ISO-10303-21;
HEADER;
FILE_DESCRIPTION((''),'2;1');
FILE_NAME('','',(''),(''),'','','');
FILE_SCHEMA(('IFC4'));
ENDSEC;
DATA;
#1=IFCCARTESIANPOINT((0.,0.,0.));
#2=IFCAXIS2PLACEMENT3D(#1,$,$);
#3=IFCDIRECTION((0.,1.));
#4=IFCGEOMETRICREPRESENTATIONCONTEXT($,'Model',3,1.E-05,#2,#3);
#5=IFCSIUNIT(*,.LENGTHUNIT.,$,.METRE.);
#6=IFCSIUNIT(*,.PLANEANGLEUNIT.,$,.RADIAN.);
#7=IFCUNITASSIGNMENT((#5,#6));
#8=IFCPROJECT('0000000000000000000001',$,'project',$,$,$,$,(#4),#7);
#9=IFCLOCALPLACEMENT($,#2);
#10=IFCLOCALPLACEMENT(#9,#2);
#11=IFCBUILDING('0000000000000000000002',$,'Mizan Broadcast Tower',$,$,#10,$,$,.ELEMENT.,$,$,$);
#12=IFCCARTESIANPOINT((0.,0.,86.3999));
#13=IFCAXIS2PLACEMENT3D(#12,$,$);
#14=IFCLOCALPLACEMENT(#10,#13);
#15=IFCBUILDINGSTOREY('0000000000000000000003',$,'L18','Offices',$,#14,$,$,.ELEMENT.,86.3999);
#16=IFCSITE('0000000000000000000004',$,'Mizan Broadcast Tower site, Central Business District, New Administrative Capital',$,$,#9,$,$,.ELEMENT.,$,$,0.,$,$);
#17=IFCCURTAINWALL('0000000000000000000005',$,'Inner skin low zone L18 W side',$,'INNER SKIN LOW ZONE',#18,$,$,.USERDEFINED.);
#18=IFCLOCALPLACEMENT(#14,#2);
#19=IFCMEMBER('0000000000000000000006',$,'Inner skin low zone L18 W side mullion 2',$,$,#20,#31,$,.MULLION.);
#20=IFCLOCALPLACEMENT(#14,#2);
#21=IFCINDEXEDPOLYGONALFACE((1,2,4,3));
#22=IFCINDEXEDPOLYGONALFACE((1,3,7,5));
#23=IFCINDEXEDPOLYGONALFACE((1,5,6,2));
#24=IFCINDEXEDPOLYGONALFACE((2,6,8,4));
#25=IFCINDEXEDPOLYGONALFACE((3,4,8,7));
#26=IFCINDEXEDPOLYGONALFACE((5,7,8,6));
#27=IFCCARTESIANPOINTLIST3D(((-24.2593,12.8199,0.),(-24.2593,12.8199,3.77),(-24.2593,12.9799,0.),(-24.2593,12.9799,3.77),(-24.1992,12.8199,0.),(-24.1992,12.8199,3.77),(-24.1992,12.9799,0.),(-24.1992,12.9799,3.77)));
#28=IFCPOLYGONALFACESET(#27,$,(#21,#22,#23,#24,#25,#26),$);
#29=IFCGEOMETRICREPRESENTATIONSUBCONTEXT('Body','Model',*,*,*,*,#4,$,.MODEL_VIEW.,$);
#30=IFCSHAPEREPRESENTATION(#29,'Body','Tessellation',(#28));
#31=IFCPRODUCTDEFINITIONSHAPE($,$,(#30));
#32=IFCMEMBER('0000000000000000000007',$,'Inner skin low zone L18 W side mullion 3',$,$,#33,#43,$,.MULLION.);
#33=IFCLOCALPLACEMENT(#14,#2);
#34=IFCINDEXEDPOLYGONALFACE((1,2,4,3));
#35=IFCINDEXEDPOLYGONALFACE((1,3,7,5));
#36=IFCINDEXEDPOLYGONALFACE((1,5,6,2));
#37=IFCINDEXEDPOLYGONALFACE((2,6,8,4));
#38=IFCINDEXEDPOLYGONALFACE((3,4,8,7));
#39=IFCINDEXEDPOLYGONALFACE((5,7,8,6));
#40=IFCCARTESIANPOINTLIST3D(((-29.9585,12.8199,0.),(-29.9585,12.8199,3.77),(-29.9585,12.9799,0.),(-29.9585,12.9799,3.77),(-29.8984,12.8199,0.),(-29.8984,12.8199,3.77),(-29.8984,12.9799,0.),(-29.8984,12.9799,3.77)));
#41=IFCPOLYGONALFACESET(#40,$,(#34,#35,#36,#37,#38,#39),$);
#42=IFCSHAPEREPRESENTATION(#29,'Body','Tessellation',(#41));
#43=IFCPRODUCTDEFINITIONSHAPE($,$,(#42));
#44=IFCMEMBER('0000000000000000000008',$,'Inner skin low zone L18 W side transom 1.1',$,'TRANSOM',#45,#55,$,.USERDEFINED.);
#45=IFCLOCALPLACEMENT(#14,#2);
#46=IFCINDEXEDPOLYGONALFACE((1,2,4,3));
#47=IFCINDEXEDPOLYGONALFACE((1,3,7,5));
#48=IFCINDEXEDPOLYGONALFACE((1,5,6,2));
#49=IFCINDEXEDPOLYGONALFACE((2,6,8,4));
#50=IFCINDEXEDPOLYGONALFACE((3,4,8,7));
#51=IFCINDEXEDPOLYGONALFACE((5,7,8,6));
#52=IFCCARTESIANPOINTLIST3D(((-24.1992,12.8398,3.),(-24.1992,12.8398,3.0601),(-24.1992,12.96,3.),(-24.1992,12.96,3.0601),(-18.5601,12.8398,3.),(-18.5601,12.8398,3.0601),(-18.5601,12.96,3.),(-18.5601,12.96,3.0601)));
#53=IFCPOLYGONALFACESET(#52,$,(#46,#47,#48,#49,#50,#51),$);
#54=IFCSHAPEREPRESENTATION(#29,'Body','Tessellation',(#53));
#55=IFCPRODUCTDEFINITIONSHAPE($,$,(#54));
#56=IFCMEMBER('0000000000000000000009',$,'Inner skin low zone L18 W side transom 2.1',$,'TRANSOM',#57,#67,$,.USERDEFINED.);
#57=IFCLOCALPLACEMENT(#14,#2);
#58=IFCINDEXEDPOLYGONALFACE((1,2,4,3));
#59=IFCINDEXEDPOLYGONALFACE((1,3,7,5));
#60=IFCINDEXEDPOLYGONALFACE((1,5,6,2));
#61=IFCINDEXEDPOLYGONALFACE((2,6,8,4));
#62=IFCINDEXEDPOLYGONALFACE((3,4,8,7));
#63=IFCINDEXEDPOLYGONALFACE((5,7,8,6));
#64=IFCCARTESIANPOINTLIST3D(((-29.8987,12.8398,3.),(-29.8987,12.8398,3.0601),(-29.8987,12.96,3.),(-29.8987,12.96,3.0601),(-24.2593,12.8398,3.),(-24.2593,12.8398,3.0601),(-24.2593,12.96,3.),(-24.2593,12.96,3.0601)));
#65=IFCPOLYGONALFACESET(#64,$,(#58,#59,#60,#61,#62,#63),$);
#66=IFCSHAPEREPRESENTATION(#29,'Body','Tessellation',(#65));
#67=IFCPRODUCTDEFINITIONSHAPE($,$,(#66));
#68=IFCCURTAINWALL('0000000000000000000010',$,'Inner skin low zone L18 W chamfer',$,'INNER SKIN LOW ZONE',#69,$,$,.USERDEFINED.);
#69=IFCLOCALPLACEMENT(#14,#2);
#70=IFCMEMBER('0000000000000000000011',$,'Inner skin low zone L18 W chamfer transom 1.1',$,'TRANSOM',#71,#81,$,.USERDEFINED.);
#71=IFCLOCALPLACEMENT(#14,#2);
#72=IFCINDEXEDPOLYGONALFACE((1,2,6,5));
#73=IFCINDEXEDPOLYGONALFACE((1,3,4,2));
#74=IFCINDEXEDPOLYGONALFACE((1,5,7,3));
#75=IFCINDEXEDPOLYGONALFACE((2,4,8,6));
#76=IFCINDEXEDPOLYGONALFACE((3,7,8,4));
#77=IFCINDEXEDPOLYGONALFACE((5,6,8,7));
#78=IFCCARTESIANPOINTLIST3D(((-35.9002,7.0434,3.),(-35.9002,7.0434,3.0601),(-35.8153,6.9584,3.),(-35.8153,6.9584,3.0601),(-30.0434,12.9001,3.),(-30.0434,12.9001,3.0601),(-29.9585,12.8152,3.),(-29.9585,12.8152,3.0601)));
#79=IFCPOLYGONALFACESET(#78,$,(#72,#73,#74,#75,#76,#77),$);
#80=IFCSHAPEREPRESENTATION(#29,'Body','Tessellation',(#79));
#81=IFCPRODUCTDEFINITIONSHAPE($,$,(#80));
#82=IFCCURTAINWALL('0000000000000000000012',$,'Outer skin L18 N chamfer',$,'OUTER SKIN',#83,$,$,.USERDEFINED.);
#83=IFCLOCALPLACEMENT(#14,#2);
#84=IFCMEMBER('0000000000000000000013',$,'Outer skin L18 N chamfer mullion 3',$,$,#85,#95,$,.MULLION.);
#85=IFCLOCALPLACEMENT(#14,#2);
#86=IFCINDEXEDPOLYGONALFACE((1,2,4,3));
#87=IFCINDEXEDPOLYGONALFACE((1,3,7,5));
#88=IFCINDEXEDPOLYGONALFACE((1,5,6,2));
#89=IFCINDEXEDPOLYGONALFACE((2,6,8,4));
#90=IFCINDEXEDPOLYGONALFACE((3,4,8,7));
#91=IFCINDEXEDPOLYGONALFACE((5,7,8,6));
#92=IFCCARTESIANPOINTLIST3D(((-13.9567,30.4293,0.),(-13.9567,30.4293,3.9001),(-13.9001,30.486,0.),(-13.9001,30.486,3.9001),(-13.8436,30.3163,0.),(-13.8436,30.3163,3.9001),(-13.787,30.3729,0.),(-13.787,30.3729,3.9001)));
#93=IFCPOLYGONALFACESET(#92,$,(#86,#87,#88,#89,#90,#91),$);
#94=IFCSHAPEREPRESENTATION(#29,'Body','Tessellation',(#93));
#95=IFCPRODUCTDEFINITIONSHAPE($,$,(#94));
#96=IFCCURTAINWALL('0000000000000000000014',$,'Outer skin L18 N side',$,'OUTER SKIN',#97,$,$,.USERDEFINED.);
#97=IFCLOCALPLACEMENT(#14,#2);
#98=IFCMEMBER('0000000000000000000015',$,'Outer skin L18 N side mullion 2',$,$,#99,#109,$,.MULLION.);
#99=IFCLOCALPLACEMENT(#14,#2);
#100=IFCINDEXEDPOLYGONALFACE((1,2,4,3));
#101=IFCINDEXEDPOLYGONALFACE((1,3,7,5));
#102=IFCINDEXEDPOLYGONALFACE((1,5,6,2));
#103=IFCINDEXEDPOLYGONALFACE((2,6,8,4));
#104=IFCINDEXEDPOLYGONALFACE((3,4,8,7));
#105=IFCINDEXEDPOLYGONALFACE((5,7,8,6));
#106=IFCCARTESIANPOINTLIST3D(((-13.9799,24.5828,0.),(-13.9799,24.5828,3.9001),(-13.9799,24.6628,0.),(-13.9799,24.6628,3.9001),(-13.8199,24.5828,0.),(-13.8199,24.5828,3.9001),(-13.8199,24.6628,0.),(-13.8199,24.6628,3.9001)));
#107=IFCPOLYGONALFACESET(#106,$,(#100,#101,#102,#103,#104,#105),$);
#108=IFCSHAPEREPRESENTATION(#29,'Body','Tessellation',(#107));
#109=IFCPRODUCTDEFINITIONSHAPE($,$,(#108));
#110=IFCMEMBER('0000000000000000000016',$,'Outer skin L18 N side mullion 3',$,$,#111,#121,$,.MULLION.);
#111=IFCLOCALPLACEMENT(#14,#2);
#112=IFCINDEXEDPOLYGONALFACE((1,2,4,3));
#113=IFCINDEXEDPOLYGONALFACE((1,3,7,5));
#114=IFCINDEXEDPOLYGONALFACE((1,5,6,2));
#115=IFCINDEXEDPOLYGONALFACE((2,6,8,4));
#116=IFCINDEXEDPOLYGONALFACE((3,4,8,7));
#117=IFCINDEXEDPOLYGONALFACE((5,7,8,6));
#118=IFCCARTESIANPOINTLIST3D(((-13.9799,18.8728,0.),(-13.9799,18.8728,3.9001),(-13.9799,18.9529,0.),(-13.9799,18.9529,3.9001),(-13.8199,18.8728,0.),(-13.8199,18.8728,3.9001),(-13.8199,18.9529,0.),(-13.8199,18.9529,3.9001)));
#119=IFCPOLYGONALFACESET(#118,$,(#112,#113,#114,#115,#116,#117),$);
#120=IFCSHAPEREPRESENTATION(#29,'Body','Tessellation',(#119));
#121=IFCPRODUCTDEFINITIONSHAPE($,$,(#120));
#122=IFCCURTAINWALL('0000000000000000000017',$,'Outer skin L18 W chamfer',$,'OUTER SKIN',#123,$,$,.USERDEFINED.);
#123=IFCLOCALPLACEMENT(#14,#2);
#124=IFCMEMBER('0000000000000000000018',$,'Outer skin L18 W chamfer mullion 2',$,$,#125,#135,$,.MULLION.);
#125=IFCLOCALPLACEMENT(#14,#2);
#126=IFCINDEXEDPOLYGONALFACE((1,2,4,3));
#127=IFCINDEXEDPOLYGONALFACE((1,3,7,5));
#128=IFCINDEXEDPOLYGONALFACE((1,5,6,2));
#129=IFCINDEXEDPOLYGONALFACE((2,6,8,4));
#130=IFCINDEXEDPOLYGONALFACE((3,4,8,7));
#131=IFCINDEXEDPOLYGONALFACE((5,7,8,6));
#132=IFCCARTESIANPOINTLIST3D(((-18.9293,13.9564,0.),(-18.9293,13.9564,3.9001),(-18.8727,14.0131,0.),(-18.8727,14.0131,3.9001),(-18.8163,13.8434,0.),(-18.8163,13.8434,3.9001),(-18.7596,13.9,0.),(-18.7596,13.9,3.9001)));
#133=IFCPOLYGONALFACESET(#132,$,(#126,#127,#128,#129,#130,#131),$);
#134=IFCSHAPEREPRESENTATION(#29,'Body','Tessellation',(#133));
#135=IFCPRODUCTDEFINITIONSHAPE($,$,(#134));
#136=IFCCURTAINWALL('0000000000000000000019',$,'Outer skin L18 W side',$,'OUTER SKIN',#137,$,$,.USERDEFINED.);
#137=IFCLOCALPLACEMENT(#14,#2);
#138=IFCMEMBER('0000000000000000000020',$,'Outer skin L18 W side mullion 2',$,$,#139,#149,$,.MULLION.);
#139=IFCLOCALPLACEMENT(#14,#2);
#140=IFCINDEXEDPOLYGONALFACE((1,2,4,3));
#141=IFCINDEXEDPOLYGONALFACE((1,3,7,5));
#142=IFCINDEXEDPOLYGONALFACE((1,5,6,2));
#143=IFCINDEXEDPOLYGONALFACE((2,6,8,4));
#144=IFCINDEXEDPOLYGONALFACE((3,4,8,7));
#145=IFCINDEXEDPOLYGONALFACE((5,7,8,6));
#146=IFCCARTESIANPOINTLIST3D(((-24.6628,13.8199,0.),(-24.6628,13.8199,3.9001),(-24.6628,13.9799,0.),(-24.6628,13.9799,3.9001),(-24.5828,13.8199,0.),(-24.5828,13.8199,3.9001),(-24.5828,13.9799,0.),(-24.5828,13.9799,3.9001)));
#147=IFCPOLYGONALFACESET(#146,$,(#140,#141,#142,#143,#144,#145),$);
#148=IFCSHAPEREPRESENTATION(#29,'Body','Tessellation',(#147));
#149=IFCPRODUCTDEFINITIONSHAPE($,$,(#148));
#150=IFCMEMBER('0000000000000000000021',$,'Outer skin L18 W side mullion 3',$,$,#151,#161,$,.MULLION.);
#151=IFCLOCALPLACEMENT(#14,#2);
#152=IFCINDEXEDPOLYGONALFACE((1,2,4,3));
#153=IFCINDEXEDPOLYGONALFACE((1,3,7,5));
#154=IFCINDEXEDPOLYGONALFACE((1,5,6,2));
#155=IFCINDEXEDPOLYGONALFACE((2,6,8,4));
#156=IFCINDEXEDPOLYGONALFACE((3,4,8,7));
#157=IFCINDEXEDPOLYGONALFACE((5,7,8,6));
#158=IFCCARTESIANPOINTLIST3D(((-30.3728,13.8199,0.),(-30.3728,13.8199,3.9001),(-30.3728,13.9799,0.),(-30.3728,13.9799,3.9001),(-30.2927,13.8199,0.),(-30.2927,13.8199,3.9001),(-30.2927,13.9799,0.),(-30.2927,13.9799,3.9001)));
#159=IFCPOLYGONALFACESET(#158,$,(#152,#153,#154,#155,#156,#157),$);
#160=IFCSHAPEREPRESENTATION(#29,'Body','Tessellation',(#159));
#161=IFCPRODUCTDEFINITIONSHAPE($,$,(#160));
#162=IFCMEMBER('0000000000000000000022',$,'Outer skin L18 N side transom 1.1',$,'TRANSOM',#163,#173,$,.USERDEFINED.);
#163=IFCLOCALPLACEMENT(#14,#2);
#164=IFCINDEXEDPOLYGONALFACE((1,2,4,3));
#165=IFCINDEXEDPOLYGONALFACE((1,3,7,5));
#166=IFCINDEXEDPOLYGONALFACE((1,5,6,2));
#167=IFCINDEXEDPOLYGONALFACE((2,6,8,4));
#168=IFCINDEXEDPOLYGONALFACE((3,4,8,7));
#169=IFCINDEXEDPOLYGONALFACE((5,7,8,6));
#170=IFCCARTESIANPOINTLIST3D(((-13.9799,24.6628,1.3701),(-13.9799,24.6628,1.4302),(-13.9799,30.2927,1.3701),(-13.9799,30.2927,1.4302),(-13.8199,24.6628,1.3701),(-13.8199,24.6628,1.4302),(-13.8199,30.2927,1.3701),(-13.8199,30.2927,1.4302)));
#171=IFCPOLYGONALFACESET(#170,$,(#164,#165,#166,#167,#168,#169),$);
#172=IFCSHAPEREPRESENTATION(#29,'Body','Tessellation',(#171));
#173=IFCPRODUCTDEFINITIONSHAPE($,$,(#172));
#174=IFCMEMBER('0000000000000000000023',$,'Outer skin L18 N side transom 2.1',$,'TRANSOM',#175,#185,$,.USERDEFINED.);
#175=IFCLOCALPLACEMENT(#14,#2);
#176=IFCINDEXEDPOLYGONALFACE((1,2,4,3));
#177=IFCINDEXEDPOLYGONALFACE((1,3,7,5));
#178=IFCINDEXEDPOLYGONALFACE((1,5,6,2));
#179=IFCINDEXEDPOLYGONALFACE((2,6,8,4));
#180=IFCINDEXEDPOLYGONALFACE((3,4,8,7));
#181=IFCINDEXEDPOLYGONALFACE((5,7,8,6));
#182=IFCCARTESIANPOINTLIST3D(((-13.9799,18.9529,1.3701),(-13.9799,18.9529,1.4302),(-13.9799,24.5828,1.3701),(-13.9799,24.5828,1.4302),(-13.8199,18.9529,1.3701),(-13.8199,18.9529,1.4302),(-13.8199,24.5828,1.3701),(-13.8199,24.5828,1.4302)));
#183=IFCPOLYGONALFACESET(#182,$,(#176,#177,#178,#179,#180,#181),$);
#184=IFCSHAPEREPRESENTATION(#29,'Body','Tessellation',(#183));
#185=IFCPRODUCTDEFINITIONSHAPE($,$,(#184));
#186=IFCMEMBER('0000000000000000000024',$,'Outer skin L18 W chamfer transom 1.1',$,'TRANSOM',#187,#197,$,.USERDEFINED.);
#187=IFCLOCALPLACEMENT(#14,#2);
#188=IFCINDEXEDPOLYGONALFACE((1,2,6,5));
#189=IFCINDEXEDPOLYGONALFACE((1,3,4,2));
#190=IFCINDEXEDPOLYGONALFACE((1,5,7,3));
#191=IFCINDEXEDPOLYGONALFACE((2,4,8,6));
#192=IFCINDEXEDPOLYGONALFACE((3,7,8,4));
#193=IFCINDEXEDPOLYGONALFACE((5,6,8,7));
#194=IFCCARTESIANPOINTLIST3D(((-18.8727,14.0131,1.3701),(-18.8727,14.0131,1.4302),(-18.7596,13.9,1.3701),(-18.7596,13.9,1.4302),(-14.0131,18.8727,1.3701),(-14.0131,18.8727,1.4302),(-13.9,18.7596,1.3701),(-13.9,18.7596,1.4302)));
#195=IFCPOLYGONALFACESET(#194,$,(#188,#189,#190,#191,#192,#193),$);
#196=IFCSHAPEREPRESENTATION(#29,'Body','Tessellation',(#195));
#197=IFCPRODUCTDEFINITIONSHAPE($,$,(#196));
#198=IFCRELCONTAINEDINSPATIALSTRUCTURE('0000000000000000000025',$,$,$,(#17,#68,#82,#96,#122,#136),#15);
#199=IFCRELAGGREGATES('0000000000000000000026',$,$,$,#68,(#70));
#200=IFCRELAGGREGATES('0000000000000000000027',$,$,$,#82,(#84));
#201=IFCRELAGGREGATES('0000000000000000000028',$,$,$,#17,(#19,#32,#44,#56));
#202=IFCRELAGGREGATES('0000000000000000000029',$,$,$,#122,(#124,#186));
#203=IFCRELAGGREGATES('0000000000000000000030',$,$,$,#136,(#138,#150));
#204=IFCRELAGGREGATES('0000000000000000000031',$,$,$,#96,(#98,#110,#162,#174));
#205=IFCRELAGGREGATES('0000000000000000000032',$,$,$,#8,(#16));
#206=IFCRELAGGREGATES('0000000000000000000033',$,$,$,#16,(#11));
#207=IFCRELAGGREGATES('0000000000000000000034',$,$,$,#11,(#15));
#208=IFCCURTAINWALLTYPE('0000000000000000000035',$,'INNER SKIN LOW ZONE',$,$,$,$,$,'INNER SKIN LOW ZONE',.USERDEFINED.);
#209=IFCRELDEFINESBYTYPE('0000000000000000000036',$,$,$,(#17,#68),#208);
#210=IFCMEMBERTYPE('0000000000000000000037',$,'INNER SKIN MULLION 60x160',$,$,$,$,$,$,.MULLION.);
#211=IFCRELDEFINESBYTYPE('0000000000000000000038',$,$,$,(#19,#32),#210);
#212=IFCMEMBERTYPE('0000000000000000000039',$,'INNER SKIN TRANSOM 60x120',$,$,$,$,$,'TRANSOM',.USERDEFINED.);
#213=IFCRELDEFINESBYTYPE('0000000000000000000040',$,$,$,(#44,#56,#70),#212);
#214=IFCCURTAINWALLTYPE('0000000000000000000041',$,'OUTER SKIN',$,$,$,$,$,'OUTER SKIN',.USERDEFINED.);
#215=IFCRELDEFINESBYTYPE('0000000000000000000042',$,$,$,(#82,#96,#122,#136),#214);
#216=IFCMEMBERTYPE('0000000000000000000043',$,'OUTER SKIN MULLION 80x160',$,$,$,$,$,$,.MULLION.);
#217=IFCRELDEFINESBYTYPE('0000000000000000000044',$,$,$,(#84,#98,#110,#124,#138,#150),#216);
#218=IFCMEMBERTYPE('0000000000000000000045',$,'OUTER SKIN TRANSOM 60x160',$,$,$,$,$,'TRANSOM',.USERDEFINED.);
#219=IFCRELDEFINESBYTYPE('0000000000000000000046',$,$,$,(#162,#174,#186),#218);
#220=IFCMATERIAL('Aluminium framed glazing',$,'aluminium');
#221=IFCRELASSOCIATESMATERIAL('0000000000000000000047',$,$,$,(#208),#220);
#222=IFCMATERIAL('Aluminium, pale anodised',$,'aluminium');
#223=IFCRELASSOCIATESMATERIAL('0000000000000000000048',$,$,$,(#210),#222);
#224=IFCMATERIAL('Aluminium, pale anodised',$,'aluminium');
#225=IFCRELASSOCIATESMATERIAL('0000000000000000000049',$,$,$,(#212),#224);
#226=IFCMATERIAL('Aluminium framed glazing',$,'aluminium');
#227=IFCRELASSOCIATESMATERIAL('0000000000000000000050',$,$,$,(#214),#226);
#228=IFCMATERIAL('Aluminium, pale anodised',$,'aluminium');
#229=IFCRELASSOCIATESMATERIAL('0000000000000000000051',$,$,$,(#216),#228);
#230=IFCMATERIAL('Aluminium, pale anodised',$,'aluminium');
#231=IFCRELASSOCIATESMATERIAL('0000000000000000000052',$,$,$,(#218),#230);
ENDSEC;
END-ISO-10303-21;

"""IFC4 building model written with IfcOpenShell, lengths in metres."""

from ifc_helpers import new_model, si_unit, direction, frame, origin, origin_2d, place, context, subcontext, project, spatial, rectangle, extrude, material, material_profile, profile_set, type_object, element, aggregate, save


model = new_model("IFC4")

# Units and contexts
model_context = context("Model", 3, precision=1e-05, world=origin(), true_north=direction((0.0, 1.0)))
body_context = subcontext(model_context, "Body", "Model", "MODEL_VIEW")
ifc_project = project(units=[si_unit("LENGTHUNIT", "METRE"), si_unit("PLANEANGLEUNIT", "RADIAN")], contexts=[model_context])

# Site, building, storey
site_placement = place(None, origin())
site = spatial("IfcSite", under=ifc_project, at=site_placement, Name="Mizan Broadcast Tower site, Central Business District, New Administrative Capital", CompositionType="ELEMENT", RefElevation=0.0)
building_placement = place(site_placement, origin())
building = spatial("IfcBuilding", under=site, at=building_placement, Name="Mizan Broadcast Tower", CompositionType="ELEMENT")
storey_placement = place(building_placement, frame((0.0, 0.0, 86.3999)))
storey = spatial("IfcBuildingStorey", under=building, at=storey_placement, Name="L18", Description="Offices", CompositionType="ELEMENT", Elevation=86.3999)

# Curtain wall, members
ifc_material_1 = material(Name="Aluminium framed glazing", Category="aluminium")
curtain_wall_type_1 = type_object("IfcCurtainWallType", Name="INNER SKIN LOW ZONE", ElementType="INNER SKIN LOW ZONE", PredefinedType="USERDEFINED", material=ifc_material_1)
curtain_wall_1_placement = place(storey_placement, origin())
curtain_wall_1 = element("IfcCurtainWall", 1, at=curtain_wall_1_placement, inside=storey, type_object=curtain_wall_type_1, Name="Inner skin low zone L18 W side", ObjectType="INNER SKIN LOW ZONE", PredefinedType="USERDEFINED")
ifc_material_2 = material(Name="Aluminium, pale anodised", Category="aluminium")
ifc_material_profile_1 = material_profile(ifc_material_2, rectangle(XDim=0.1599, YDim=0.0601, at=origin_2d()), Name="MULLION 160x60")
ifc_profile_set_1 = profile_set([ifc_material_profile_1], Name="Aluminium, pale anodised")
member_type_1 = type_object("IfcMemberType", Name="INNER SKIN MULLION 60x160", PredefinedType="MULLION", material=ifc_profile_set_1)
member_1_placement = place(storey_placement, frame((-24.2292, 12.8999, 0.0), z_axis=(0.0, 0.0, 1.0), x_axis=(0.0, -1.0, 0.0)))
member_1 = element("IfcMember", 2, at=member_1_placement, type_object=member_type_1, Name="Inner skin low zone L18 W side mullion 2", PredefinedType="MULLION", context=body_context, shape_type="SweptSolid", body=[
    extrude(rectangle(XDim=0.1599, YDim=0.0601, at=origin_2d()), origin(), (0.0, 0.0, 1.0), 3.77),
])
member_2_placement = place(storey_placement, frame((-29.9285, 12.8999, 0.0), z_axis=(0.0, 0.0, 1.0), x_axis=(0.0, -1.0, 0.0)))
member_2 = element("IfcMember", 3, at=member_2_placement, type_object=member_type_1, Name="Inner skin low zone L18 W side mullion 3", PredefinedType="MULLION", context=body_context, shape_type="SweptSolid", body=[
    extrude(rectangle(XDim=0.1599, YDim=0.0601, at=origin_2d()), origin(), (0.0, 0.0, 1.0), 3.77),
])
ifc_material_3 = material(Name="Aluminium, pale anodised", Category="aluminium")
ifc_material_profile_2 = material_profile(ifc_material_3, rectangle(XDim=0.1201, YDim=0.0601, at=origin_2d()), Name="TRANSOM 120x60")
ifc_profile_set_2 = profile_set([ifc_material_profile_2], Name="Aluminium, pale anodised")
member_type_2 = type_object("IfcMemberType", Name="INNER SKIN TRANSOM 60x120", ElementType="TRANSOM", PredefinedType="USERDEFINED", material=ifc_profile_set_2)
member_3_placement = place(storey_placement, frame((-18.5601, 12.8999, 3.03), z_axis=(-1.0, 0.0, 0.0), x_axis=(0.0, -1.0, 0.0)))
member_3 = element("IfcMember", 4, at=member_3_placement, type_object=member_type_2, Name="Inner skin low zone L18 W side transom 1.1", ObjectType="TRANSOM", PredefinedType="USERDEFINED", context=body_context, shape_type="SweptSolid", body=[
    extrude(rectangle(XDim=0.1201, YDim=0.0601, at=origin_2d()), origin(), (0.0, 0.0, 1.0), 5.6392),
])
member_4_placement = place(storey_placement, frame((-24.2593, 12.8999, 3.03), z_axis=(-1.0, 0.0, 0.0), x_axis=(0.0, -1.0, 0.0)))
member_4 = element("IfcMember", 5, at=member_4_placement, type_object=member_type_2, Name="Inner skin low zone L18 W side transom 2.1", ObjectType="TRANSOM", PredefinedType="USERDEFINED", context=body_context, shape_type="SweptSolid", body=[
    extrude(rectangle(XDim=0.1201, YDim=0.0601, at=origin_2d()), origin(), (0.0, 0.0, 1.0), 5.6394),
])

# Curtain walls, members
curtain_wall_2_placement = place(storey_placement, origin())
curtain_wall_2 = element("IfcCurtainWall", 6, at=curtain_wall_2_placement, inside=storey, type_object=curtain_wall_type_1, Name="Inner skin low zone L18 W chamfer", ObjectType="INNER SKIN LOW ZONE", PredefinedType="USERDEFINED")
member_5_placement = place(storey_placement, frame((-30.001, 12.8577, 3.03), z_axis=(-0.707107, -0.707107, 0.0), x_axis=(0.707107, -0.707107, 0.0)))
member_5 = element("IfcMember", 7, at=member_5_placement, type_object=member_type_2, Name="Inner skin low zone L18 W chamfer transom 1.1", ObjectType="TRANSOM", PredefinedType="USERDEFINED", context=body_context, shape_type="SweptSolid", body=[
    extrude(rectangle(XDim=0.1201, YDim=0.0601, at=origin_2d()), origin(), (0.0, 0.0, 1.0), 8.2827),
])
aggregate(curtain_wall_2, [member_5])
ifc_material_4 = material(Name="Aluminium framed glazing", Category="aluminium")
curtain_wall_type_2 = type_object("IfcCurtainWallType", Name="OUTER SKIN", ElementType="OUTER SKIN", PredefinedType="USERDEFINED", material=ifc_material_4)
curtain_wall_3_placement = place(storey_placement, origin())
curtain_wall_3 = element("IfcCurtainWall", 8, at=curtain_wall_3_placement, inside=storey, type_object=curtain_wall_type_2, Name="Outer skin L18 N chamfer", ObjectType="OUTER SKIN", PredefinedType="USERDEFINED")
ifc_material_5 = material(Name="Aluminium, pale anodised", Category="aluminium")
ifc_material_profile_3 = material_profile(ifc_material_5, rectangle(XDim=0.1599, YDim=0.0801, at=origin_2d()), Name="MULLION 160x80")
ifc_profile_set_3 = profile_set([ifc_material_profile_3], Name="Aluminium, pale anodised")
member_type_3 = type_object("IfcMemberType", Name="OUTER SKIN MULLION 80x160", PredefinedType="MULLION", material=ifc_profile_set_3)
member_6_placement = place(storey_placement, frame((-13.8718, 30.4011, 0.0), z_axis=(0.0, 0.0, 1.0), x_axis=(0.707107, -0.707107, 0.0)))
member_6 = element("IfcMember", 9, at=member_6_placement, type_object=member_type_3, Name="Outer skin L18 N chamfer mullion 3", PredefinedType="MULLION", context=body_context, shape_type="SweptSolid", body=[
    extrude(rectangle(XDim=0.1599, YDim=0.0801, at=origin_2d()), origin(), (0.0, 0.0, 1.0), 3.9001),
])
aggregate(curtain_wall_3, [member_6])

# Curtain wall, members
curtain_wall_4_placement = place(storey_placement, origin())
curtain_wall_4 = element("IfcCurtainWall", 10, at=curtain_wall_4_placement, inside=storey, type_object=curtain_wall_type_2, Name="Outer skin L18 N side", ObjectType="OUTER SKIN", PredefinedType="USERDEFINED")
member_7_placement = place(storey_placement, frame((-13.8999, 24.6228, 0.0), z_axis=(0.0, 0.0, 1.0), x_axis=(1.0, 0.0, 0.0)))
member_7 = element("IfcMember", 11, at=member_7_placement, type_object=member_type_3, Name="Outer skin L18 N side mullion 2", PredefinedType="MULLION", context=body_context, shape_type="SweptSolid", body=[
    extrude(rectangle(XDim=0.1599, YDim=0.0801, at=origin_2d()), origin(), (0.0, 0.0, 1.0), 3.9001),
])
member_8_placement = place(storey_placement, frame((-13.8999, 18.9128, 0.0), z_axis=(0.0, 0.0, 1.0), x_axis=(1.0, 0.0, 0.0)))
member_8 = element("IfcMember", 12, at=member_8_placement, type_object=member_type_3, Name="Outer skin L18 N side mullion 3", PredefinedType="MULLION", context=body_context, shape_type="SweptSolid", body=[
    extrude(rectangle(XDim=0.1599, YDim=0.0801, at=origin_2d()), origin(), (0.0, 0.0, 1.0), 3.9001),
])

# Curtain wall, member
curtain_wall_5_placement = place(storey_placement, origin())
curtain_wall_5 = element("IfcCurtainWall", 13, at=curtain_wall_5_placement, inside=storey, type_object=curtain_wall_type_2, Name="Outer skin L18 W chamfer", ObjectType="OUTER SKIN", PredefinedType="USERDEFINED")
member_9_placement = place(storey_placement, frame((-18.8445, 13.9282, 0.0), z_axis=(0.0, 0.0, 1.0), x_axis=(0.707107, -0.707107, 0.0)))
member_9 = element("IfcMember", 14, at=member_9_placement, type_object=member_type_3, Name="Outer skin L18 W chamfer mullion 2", PredefinedType="MULLION", context=body_context, shape_type="SweptSolid", body=[
    extrude(rectangle(XDim=0.1599, YDim=0.0801, at=origin_2d()), origin(), (0.0, 0.0, 1.0), 3.9001),
])

# Curtain wall, members
curtain_wall_6_placement = place(storey_placement, origin())
curtain_wall_6 = element("IfcCurtainWall", 15, at=curtain_wall_6_placement, inside=storey, type_object=curtain_wall_type_2, Name="Outer skin L18 W side", ObjectType="OUTER SKIN", PredefinedType="USERDEFINED")
member_10_placement = place(storey_placement, frame((-24.6228, 13.8999, 0.0), z_axis=(0.0, 0.0, 1.0), x_axis=(0.0, -1.0, 0.0)))
member_10 = element("IfcMember", 16, at=member_10_placement, type_object=member_type_3, Name="Outer skin L18 W side mullion 2", PredefinedType="MULLION", context=body_context, shape_type="SweptSolid", body=[
    extrude(rectangle(XDim=0.1599, YDim=0.0801, at=origin_2d()), origin(), (0.0, 0.0, 1.0), 3.9001),
])
member_11_placement = place(storey_placement, frame((-30.3328, 13.8999, 0.0), z_axis=(0.0, 0.0, 1.0), x_axis=(0.0, -1.0, 0.0)))
member_11 = element("IfcMember", 17, at=member_11_placement, type_object=member_type_3, Name="Outer skin L18 W side mullion 3", PredefinedType="MULLION", context=body_context, shape_type="SweptSolid", body=[
    extrude(rectangle(XDim=0.1599, YDim=0.0801, at=origin_2d()), origin(), (0.0, 0.0, 1.0), 3.9001),
])

# Members
ifc_material_6 = material(Name="Aluminium, pale anodised", Category="aluminium")
ifc_material_profile_4 = material_profile(ifc_material_6, rectangle(XDim=0.1599, YDim=0.0601, at=origin_2d()), Name="TRANSOM 160x60")
ifc_profile_set_4 = profile_set([ifc_material_profile_4], Name="Aluminium, pale anodised")
member_type_4 = type_object("IfcMemberType", Name="OUTER SKIN TRANSOM 60x160", ElementType="TRANSOM", PredefinedType="USERDEFINED", material=ifc_profile_set_4)
member_12_placement = place(storey_placement, frame((-13.8999, 30.2927, 1.4001), z_axis=(0.0, -1.0, 0.0), x_axis=(1.0, 0.0, 0.0)))
member_12 = element("IfcMember", 18, at=member_12_placement, type_object=member_type_4, Name="Outer skin L18 N side transom 1.1", ObjectType="TRANSOM", PredefinedType="USERDEFINED", context=body_context, shape_type="SweptSolid", body=[
    extrude(rectangle(XDim=0.1599, YDim=0.0601, at=origin_2d()), origin(), (0.0, 0.0, 1.0), 5.6299),
])
member_13_placement = place(storey_placement, frame((-13.8999, 24.5828, 1.4001), z_axis=(0.0, -1.0, 0.0), x_axis=(1.0, 0.0, 0.0)))
member_13 = element("IfcMember", 19, at=member_13_placement, type_object=member_type_4, Name="Outer skin L18 N side transom 2.1", ObjectType="TRANSOM", PredefinedType="USERDEFINED", context=body_context, shape_type="SweptSolid", body=[
    extrude(rectangle(XDim=0.1599, YDim=0.0601, at=origin_2d()), origin(), (0.0, 0.0, 1.0), 5.6299),
])
member_14_placement = place(storey_placement, frame((-13.9565, 18.8162, 1.4001), z_axis=(-0.707107, -0.707107, 0.0), x_axis=(0.707107, -0.707107, 0.0)))
member_14 = element("IfcMember", 20, at=member_14_placement, type_object=member_type_4, Name="Outer skin L18 W chamfer transom 1.1", ObjectType="TRANSOM", PredefinedType="USERDEFINED", context=body_context, shape_type="SweptSolid", body=[
    extrude(rectangle(XDim=0.1599, YDim=0.0601, at=origin_2d()), origin(), (0.0, 0.0, 1.0), 6.8726),
])

aggregate(curtain_wall_1, [member_1, member_2, member_3, member_4])
aggregate(curtain_wall_5, [member_9, member_14])
aggregate(curtain_wall_6, [member_10, member_11])
aggregate(curtain_wall_4, [member_7, member_8, member_12, member_13])

save(model, "model.ifc")
